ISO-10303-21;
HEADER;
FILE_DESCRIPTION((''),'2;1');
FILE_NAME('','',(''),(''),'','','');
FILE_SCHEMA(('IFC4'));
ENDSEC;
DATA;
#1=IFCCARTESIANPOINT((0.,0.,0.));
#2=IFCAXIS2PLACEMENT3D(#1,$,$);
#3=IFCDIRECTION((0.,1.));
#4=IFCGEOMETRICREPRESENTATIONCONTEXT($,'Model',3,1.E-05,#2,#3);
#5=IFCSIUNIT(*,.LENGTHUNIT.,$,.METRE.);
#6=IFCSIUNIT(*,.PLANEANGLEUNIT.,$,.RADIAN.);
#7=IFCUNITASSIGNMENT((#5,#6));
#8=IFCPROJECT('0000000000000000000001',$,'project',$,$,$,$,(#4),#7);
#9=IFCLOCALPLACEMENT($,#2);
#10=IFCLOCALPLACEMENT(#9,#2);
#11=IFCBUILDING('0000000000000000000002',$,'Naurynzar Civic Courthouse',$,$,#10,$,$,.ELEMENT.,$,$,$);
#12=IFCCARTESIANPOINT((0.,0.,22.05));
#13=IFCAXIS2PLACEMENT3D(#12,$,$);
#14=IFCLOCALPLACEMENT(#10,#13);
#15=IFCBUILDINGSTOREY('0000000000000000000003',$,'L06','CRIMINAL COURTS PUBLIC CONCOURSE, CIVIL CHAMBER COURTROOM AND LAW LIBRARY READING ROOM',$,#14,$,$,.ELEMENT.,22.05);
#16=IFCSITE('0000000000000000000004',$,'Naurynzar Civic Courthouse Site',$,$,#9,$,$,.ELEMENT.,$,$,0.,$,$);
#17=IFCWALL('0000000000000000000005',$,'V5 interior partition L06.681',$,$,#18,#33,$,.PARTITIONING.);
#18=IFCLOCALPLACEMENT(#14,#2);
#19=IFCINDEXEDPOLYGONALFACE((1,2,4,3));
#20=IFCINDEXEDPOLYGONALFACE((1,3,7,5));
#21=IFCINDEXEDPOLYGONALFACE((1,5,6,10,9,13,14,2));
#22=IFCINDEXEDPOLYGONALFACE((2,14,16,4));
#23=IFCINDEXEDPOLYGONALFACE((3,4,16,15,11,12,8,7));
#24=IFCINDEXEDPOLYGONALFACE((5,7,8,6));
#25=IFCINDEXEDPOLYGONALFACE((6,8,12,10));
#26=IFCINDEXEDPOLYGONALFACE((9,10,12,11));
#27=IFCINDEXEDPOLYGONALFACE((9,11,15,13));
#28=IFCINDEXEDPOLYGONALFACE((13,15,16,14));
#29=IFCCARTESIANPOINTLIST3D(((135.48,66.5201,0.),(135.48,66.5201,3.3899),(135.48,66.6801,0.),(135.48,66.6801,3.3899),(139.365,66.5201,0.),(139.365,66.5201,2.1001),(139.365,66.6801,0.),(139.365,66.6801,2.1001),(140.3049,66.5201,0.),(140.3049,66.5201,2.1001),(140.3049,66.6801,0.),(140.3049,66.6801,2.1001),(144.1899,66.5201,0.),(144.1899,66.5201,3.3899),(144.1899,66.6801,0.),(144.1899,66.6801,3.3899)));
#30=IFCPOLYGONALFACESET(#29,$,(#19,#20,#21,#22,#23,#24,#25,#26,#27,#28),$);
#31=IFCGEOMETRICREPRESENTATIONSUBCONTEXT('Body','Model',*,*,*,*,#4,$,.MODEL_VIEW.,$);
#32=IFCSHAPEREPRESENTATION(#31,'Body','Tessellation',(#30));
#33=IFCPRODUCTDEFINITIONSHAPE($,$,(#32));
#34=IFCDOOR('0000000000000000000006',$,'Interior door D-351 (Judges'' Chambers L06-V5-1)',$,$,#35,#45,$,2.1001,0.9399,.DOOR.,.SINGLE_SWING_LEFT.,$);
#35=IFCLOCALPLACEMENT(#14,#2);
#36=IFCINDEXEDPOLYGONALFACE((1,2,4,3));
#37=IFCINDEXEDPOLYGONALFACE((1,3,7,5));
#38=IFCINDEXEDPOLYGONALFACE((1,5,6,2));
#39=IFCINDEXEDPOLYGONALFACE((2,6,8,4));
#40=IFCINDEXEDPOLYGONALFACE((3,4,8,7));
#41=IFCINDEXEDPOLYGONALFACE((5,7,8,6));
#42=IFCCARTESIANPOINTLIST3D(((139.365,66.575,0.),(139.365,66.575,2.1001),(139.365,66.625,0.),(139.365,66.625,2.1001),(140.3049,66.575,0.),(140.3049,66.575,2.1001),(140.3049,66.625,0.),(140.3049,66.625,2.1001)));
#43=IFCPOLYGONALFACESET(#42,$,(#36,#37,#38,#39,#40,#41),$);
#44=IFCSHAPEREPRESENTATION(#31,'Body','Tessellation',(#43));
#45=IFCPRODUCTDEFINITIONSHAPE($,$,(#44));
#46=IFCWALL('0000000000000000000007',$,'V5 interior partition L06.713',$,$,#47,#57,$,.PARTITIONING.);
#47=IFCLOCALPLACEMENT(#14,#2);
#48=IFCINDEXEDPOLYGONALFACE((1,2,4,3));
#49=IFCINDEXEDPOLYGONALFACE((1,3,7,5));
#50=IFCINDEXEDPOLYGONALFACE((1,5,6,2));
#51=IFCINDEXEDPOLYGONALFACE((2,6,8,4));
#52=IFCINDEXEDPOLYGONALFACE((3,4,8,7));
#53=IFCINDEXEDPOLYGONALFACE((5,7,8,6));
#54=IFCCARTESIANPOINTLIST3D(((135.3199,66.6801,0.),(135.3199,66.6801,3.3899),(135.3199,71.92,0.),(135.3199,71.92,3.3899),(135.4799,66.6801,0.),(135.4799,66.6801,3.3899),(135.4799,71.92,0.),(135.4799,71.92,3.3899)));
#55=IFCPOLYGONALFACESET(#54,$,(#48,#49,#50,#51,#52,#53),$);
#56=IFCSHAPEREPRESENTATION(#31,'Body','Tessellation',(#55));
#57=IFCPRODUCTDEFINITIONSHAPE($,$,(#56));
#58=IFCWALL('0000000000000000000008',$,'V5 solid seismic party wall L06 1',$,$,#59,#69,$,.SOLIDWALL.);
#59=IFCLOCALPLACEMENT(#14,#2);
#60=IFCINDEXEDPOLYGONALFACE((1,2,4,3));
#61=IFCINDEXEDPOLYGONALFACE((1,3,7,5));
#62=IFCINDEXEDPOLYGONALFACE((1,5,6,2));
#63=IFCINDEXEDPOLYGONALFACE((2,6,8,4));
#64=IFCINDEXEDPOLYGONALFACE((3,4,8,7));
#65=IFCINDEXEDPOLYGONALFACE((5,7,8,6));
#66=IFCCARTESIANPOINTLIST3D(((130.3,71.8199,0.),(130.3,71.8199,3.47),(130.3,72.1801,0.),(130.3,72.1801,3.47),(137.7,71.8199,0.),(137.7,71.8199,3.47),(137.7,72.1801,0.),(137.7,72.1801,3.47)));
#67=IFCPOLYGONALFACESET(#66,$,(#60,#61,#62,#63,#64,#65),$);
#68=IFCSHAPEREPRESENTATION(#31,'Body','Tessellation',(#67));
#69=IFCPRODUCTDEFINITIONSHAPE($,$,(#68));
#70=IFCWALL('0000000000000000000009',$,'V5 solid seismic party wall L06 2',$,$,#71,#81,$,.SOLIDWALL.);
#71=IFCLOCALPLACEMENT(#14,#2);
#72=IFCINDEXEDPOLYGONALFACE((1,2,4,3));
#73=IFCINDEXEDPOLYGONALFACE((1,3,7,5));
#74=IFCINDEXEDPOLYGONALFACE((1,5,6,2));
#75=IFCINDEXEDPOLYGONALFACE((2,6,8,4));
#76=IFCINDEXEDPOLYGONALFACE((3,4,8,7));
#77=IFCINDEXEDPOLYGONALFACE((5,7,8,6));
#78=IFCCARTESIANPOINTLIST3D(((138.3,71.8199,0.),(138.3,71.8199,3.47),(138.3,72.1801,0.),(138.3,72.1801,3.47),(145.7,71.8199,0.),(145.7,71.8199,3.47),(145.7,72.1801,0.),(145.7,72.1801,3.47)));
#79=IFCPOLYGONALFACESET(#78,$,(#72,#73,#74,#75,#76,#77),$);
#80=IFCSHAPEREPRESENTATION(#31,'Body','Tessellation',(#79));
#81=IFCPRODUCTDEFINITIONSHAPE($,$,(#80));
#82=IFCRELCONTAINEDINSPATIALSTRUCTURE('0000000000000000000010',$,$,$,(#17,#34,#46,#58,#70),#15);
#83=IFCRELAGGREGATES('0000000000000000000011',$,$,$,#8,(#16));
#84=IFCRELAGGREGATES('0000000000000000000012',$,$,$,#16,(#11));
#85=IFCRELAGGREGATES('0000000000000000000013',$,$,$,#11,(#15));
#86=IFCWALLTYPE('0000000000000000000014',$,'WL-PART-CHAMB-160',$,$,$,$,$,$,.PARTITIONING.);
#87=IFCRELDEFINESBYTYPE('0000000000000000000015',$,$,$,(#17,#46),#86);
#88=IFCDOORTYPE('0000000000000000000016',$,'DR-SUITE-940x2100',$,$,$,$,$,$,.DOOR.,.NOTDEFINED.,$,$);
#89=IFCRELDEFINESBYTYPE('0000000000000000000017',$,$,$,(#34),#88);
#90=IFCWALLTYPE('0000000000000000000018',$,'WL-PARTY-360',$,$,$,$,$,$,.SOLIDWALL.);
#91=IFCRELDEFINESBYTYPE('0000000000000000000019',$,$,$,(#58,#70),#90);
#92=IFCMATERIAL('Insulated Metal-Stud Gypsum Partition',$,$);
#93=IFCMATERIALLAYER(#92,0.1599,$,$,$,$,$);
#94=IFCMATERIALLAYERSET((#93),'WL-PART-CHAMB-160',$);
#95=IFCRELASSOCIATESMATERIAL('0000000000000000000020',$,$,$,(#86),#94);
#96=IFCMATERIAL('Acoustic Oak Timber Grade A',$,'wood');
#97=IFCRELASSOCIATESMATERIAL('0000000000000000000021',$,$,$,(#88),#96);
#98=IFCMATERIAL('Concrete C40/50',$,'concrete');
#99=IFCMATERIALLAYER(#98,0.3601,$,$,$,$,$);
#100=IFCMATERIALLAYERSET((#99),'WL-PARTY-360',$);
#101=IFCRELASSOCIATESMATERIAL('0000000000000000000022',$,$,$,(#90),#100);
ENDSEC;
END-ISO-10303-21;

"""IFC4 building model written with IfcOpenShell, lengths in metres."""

from ifc_helpers import new_model, si_unit, direction, frame, frame_2d, origin, place, context, subcontext, project, spatial, rectangle, extrude, material, layer, layer_set, type_object, element, fill, save


model = new_model("IFC4")

# Units and contexts
model_context = context("Model", 3, precision=1e-05, world=origin(), true_north=direction((0.0, 1.0)))
body_context = subcontext(model_context, "Body", "Model", "MODEL_VIEW")
ifc_project = project(units=[si_unit("LENGTHUNIT", "METRE"), si_unit("PLANEANGLEUNIT", "RADIAN")], contexts=[model_context])

# Site, building, storey
site_placement = place(None, origin())
site = spatial("IfcSite", under=ifc_project, at=site_placement, Name="Naurynzar Civic Courthouse Site", CompositionType="ELEMENT", RefElevation=0.0)
building_placement = place(site_placement, origin())
building = spatial("IfcBuilding", under=site, at=building_placement, Name="Naurynzar Civic Courthouse", CompositionType="ELEMENT")
storey_placement = place(building_placement, frame((0.0, 0.0, 22.05)))
storey = spatial("IfcBuildingStorey", under=building, at=storey_placement, Name="L06", Description="CRIMINAL COURTS PUBLIC CONCOURSE, CIVIL CHAMBER COURTROOM AND LAW LIBRARY READING ROOM", CompositionType="ELEMENT", Elevation=22.05)

# Wall, opening, door
ifc_material_1 = material(Name="Insulated Metal-Stud Gypsum Partition")
ifc_layer_1 = layer(ifc_material_1, 0.1599)
ifc_layer_set_1 = layer_set([ifc_layer_1], Name="WL-PART-CHAMB-160")
wall_type_1 = type_object("IfcWallType", Name="WL-PART-CHAMB-160", PredefinedType="PARTITIONING", material=ifc_layer_set_1)
wall_1_placement = place(storey_placement, frame((135.48, 66.6001, 0.0), z_axis=(0.0, 0.0, 1.0), x_axis=(1.0, 0.0, 0.0)))
wall_1 = element("IfcWall", 1, at=wall_1_placement, inside=storey, type_object=wall_type_1, Name="V5 interior partition L06.681", PredefinedType="PARTITIONING", context=body_context, shape_type="SweptSolid", body=[
    extrude(rectangle(XDim=8.71, YDim=0.1599, at=frame_2d((4.355, 0.0))), origin(), (0.0, 0.0, 1.0), 3.3899),
])
opening_placement = place(wall_1_placement, frame((3.885, 0.0, 0.0)))
opening = element("IfcOpeningElement", 2, at=opening_placement, cuts=wall_1, PredefinedType="OPENING", context=body_context, shape_type="SweptSolid", body=[
    extrude(rectangle(XDim=0.9399, YDim=2.1001, at=frame_2d((0.47, 1.05))), frame((0.0, 0.0898, 0.0), z_axis=(0.0, -1.0, 0.0), x_axis=(1.0, 0.0, 0.0)), (0.0, 0.0, 1.0), 0.1799),
])
ifc_material_2 = material(Name="Acoustic Oak Timber Grade A", Category="wood")
door_type = type_object("IfcDoorType", Name="DR-SUITE-940x2100", OperationType="NOTDEFINED", PredefinedType="DOOR", material=ifc_material_2)
door_placement = place(opening_placement, origin())
door = element("IfcDoor", 3, at=door_placement, inside=storey, type_object=door_type, Name="Interior door D-351 (Judges' Chambers L06-V5-1)", OperationType="SINGLE_SWING_LEFT", OverallHeight=2.1001, OverallWidth=0.9399, PredefinedType="DOOR", context=body_context, shape_type="SweptSolid", body=[
    extrude(rectangle(XDim=0.9399, YDim=2.1001, at=frame_2d((0.47, 1.05))), frame((0.0, 0.0249, 0.0), z_axis=(0.0, -1.0, 0.0), x_axis=(1.0, 0.0, 0.0)), (0.0, 0.0, 1.0), 0.05),
])
fill(opening, door)

# Walls
wall_2_placement = place(storey_placement, frame((135.3999, 66.6799, 0.0), z_axis=(0.0, 0.0, 1.0), x_axis=(0.0, 1.0, 0.0)))
element("IfcWall", 4, at=wall_2_placement, inside=storey, type_object=wall_type_1, Name="V5 interior partition L06.713", PredefinedType="PARTITIONING", context=body_context, shape_type="SweptSolid", body=[
    extrude(rectangle(XDim=5.24, YDim=0.1599, at=frame_2d((2.6201, 0.0))), origin(), (0.0, 0.0, 1.0), 3.3899),
])
ifc_material_3 = material(Name="Concrete C40/50", Category="concrete")
ifc_layer_2 = layer(ifc_material_3, 0.3601)
ifc_layer_set_2 = layer_set([ifc_layer_2], Name="WL-PARTY-360")
wall_type_2 = type_object("IfcWallType", Name="WL-PARTY-360", PredefinedType="SOLIDWALL", material=ifc_layer_set_2)
for number, where, z_axis, x_axis, name in (
    (5, (130.3, 72.0, 0.0), (0.0, 0.0, 1.0), (1.0, 0.0, 0.0), "V5 solid seismic party wall L06 1"),
    (6, (138.3, 72.0, 0.0), (0.0, 0.0, 1.0), (1.0, 0.0, 0.0), "V5 solid seismic party wall L06 2"),
):
    element("IfcWall", number, at=place(storey_placement, frame(where, z_axis=z_axis, x_axis=x_axis)), inside=storey, type_object=wall_type_2, Name=name, PredefinedType="SOLIDWALL", context=body_context, shape_type="SweptSolid", body=[
        extrude(rectangle(XDim=7.3999, YDim=0.3601, at=frame_2d((3.7, 0.0))), origin(), (0.0, 0.0, 1.0), 3.47),
    ])

save(model, "model.ifc")
